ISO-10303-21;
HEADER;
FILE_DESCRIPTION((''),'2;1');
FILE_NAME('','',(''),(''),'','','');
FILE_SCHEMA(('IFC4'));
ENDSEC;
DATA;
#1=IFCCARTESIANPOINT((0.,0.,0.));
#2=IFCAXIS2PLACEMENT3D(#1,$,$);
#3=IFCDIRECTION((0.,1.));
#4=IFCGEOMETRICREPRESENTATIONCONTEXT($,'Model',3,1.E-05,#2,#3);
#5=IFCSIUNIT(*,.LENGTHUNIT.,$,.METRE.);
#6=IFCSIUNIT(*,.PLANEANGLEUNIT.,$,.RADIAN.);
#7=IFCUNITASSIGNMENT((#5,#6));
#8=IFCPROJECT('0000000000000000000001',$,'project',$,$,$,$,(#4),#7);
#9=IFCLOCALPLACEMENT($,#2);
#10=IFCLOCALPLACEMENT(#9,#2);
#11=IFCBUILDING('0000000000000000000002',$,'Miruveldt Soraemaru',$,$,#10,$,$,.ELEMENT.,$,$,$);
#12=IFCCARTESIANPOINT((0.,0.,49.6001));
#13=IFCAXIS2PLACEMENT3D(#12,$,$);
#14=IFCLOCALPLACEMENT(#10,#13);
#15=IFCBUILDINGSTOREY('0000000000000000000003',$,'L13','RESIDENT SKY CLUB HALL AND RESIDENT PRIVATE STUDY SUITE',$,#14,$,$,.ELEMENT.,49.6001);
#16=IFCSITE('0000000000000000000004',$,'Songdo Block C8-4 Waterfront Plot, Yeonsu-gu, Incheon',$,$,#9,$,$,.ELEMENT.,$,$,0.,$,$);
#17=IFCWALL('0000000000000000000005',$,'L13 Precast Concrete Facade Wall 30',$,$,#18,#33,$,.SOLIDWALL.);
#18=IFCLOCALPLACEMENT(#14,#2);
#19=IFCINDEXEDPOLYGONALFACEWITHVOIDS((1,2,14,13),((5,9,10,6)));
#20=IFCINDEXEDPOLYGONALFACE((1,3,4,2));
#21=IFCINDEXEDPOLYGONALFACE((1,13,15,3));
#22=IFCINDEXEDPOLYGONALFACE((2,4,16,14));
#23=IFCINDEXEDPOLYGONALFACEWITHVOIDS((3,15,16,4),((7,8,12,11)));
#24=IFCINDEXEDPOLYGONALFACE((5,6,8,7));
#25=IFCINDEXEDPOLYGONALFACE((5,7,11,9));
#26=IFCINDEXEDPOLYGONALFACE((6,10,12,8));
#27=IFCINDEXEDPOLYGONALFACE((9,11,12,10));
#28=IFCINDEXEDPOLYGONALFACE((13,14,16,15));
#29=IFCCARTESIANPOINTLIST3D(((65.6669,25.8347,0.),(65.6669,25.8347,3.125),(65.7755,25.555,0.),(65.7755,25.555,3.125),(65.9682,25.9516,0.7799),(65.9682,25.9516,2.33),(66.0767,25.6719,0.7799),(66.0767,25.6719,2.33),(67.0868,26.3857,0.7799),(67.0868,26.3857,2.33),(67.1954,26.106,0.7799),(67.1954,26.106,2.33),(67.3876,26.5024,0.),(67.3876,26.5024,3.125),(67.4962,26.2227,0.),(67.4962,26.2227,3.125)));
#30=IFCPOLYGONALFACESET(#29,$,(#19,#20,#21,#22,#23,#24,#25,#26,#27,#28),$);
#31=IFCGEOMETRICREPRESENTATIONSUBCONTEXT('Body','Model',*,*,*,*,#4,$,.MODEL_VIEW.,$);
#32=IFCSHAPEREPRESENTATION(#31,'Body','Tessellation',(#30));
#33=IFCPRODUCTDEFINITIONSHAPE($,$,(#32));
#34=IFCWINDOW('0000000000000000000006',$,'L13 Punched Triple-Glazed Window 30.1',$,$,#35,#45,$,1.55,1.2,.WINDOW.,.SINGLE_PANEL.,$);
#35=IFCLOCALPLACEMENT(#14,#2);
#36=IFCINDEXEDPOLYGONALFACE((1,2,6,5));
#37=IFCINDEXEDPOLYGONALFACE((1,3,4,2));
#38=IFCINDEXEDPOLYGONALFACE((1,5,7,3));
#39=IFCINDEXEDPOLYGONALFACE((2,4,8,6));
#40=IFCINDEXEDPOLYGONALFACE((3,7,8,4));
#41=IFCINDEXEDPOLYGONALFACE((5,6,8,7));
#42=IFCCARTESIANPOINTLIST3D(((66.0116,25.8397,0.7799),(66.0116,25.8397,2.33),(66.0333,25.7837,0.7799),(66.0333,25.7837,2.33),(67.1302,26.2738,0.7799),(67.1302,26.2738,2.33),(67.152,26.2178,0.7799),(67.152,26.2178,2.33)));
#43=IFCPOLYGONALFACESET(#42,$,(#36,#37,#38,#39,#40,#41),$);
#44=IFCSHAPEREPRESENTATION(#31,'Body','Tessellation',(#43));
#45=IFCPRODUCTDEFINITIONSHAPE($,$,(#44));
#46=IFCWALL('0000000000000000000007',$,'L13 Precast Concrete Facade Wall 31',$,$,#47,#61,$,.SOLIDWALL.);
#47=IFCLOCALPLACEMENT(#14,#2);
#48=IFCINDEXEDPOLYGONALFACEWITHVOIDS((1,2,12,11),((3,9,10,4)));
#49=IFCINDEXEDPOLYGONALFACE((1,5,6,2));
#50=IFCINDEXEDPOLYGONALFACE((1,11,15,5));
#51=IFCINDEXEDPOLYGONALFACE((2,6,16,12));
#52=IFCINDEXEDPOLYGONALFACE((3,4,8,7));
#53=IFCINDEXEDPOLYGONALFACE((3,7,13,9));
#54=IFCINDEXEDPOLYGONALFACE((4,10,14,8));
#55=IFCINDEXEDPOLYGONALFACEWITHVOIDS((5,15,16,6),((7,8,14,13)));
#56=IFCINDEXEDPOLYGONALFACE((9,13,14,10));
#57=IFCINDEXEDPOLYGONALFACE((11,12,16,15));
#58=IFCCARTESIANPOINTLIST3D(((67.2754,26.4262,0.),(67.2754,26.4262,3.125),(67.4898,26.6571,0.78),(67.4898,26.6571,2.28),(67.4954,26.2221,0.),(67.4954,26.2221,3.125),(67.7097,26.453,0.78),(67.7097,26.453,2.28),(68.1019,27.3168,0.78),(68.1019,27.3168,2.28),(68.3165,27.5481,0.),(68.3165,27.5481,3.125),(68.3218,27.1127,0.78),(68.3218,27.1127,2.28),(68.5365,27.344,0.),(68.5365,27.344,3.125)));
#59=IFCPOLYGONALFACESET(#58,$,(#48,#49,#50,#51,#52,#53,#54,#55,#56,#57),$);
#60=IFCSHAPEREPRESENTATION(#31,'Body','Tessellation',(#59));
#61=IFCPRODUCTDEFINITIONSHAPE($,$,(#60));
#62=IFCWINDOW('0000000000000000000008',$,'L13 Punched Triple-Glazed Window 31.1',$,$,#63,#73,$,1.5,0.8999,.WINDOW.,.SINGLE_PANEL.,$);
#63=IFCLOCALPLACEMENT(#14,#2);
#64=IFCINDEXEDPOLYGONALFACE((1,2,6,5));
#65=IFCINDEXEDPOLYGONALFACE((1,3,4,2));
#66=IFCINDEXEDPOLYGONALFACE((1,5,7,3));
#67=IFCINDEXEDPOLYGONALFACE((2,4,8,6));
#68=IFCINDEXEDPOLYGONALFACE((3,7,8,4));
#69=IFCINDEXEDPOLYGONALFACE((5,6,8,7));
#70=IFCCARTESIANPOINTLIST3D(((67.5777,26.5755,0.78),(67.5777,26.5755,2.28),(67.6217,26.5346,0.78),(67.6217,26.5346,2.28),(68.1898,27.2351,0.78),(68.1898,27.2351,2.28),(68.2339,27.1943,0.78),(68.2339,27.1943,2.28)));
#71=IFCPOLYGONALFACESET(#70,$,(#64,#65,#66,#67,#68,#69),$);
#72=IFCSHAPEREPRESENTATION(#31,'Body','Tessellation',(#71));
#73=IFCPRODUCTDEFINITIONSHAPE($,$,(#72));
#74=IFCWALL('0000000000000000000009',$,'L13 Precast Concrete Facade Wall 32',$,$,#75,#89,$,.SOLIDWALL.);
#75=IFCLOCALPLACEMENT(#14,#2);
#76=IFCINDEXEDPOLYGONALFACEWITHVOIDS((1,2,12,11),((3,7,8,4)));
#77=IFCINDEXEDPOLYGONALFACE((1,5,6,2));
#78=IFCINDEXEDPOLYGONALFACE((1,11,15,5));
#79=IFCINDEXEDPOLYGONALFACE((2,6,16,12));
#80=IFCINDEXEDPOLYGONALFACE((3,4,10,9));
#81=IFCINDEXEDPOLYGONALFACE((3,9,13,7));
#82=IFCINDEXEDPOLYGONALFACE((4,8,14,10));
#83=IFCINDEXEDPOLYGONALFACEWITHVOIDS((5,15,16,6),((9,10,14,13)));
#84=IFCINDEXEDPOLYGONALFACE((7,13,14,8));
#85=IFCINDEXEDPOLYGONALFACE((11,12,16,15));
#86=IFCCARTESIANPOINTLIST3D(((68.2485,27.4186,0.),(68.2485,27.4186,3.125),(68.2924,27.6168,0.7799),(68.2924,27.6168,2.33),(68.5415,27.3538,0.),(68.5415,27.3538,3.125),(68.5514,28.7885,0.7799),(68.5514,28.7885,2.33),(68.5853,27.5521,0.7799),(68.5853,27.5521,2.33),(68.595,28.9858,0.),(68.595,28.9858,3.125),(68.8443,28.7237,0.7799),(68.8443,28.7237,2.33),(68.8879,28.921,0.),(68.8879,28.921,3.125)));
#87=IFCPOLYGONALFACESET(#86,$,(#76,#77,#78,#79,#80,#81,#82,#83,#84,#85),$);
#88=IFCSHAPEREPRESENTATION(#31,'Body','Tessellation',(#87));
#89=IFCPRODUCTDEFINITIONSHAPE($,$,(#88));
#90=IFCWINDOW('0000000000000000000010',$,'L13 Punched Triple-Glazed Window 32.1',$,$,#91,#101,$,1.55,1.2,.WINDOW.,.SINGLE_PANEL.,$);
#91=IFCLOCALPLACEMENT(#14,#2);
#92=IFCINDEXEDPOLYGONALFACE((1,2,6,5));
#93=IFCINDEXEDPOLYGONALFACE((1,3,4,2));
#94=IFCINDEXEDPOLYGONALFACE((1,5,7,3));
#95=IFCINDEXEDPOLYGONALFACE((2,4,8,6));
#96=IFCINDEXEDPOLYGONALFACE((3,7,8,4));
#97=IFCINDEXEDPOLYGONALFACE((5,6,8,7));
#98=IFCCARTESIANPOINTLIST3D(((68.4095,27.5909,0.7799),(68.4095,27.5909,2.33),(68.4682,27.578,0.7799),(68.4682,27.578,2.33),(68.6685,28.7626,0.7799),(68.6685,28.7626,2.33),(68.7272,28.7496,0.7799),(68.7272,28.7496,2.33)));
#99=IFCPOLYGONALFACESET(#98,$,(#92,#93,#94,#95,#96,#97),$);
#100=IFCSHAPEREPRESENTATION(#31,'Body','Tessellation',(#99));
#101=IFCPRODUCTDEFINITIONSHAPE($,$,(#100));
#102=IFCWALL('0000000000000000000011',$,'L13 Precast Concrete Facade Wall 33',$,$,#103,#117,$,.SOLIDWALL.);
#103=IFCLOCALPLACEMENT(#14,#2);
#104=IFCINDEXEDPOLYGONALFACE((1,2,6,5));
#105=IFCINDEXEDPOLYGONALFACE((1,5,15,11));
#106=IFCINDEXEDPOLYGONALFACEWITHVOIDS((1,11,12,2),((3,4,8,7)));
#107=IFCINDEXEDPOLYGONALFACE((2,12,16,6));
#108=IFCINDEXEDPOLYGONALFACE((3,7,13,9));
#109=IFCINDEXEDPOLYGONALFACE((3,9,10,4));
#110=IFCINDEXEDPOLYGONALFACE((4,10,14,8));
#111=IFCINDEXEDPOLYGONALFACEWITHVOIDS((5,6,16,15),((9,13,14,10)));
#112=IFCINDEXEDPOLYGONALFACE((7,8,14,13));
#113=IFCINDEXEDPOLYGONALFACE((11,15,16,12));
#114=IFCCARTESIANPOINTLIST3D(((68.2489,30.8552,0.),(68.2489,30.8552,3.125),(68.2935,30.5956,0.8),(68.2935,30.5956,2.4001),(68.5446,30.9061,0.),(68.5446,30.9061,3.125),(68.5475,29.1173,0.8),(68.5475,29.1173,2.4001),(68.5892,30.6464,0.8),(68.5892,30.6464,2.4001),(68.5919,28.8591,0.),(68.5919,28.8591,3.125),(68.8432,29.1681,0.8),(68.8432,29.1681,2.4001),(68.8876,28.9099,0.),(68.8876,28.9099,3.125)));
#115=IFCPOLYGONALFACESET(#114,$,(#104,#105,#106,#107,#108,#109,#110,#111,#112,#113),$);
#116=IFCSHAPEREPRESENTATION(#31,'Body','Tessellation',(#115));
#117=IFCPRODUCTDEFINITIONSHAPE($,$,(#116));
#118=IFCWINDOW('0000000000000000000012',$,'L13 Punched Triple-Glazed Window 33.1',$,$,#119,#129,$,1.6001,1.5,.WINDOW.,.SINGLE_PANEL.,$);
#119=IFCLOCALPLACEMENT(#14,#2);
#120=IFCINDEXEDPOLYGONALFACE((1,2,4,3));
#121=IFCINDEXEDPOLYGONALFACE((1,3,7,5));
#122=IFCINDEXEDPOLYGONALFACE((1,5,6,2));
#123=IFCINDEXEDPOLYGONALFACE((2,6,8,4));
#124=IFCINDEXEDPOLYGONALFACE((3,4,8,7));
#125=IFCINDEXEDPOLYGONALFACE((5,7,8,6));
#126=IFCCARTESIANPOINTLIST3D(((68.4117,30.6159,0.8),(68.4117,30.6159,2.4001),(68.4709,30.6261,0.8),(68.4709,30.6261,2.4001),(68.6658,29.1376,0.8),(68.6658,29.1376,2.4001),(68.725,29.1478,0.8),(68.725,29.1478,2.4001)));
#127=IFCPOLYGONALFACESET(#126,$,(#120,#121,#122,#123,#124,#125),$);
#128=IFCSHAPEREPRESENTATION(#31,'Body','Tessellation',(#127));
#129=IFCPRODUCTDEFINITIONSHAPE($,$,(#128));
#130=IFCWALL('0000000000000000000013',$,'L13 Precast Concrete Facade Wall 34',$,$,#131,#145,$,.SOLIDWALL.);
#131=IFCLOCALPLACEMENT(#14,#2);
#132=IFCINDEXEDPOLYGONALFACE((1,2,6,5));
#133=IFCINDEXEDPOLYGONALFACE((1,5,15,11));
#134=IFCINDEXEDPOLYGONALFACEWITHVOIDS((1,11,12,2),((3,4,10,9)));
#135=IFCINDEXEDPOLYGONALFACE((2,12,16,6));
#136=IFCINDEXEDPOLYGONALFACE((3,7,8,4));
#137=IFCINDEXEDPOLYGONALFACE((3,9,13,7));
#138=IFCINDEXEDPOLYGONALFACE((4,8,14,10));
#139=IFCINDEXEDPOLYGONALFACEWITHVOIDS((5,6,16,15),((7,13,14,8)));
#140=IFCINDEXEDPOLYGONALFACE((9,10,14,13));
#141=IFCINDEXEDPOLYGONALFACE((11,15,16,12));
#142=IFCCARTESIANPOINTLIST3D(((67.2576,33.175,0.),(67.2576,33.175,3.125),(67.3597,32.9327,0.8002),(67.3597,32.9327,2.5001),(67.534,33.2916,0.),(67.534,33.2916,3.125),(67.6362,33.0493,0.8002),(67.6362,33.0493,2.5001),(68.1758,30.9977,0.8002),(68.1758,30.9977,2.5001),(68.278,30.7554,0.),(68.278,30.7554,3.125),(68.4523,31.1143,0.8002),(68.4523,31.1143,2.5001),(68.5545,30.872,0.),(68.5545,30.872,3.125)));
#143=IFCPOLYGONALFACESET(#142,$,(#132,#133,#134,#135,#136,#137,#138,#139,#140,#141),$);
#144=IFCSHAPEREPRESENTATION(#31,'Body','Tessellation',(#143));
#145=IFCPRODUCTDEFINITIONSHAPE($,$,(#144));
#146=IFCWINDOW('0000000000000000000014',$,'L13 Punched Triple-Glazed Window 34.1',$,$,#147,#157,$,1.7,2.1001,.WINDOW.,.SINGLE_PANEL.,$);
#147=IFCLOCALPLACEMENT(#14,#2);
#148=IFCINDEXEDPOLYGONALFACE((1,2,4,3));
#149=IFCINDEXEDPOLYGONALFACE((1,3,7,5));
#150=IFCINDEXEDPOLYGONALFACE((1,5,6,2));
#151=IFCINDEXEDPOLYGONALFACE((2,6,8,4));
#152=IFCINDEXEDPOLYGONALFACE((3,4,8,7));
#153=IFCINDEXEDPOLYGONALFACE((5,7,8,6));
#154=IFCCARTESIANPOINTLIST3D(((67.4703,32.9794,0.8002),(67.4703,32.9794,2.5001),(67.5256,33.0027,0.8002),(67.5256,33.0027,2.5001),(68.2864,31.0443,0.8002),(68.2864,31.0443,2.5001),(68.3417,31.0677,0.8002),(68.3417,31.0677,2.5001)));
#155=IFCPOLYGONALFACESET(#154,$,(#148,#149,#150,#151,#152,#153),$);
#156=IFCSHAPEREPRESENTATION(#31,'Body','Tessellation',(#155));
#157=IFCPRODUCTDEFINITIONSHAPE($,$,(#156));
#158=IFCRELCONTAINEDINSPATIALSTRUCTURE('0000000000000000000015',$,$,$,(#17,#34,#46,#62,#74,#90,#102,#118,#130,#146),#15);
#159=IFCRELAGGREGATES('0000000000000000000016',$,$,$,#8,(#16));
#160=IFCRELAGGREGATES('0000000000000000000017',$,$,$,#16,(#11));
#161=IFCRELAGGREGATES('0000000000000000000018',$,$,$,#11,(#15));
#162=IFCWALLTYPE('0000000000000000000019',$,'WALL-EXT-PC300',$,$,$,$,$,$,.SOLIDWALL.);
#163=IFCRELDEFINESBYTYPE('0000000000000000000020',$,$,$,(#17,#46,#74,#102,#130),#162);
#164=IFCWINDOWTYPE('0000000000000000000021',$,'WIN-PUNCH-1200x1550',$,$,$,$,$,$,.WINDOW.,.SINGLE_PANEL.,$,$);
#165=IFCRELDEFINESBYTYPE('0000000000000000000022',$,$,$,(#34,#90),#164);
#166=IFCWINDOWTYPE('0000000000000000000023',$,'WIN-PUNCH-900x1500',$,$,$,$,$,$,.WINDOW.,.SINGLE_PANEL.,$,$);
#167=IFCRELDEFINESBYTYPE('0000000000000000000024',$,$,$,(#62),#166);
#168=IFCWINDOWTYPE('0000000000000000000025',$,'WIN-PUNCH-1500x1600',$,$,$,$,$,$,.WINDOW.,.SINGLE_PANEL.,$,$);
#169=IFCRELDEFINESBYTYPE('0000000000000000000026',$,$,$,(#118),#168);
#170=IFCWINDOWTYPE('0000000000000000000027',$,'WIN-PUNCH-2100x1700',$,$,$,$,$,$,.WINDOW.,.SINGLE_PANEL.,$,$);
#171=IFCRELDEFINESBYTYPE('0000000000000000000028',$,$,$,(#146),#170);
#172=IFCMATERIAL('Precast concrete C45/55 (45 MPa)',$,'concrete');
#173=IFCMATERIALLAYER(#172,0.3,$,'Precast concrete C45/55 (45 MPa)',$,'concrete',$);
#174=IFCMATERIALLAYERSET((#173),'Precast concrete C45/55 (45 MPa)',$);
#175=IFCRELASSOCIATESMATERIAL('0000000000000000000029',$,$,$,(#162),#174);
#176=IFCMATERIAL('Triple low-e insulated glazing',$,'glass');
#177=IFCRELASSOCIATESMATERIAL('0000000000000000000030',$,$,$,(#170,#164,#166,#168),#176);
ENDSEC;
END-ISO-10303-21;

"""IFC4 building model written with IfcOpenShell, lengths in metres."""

from ifc_helpers import new_model, si_unit, direction, frame, frame_2d, origin, place, context, subcontext, project, spatial, rectangle, extrude, material, layer, layer_set, type_object, element, fill, save


model = new_model("IFC4")

# Units and contexts
model_context = context("Model", 3, precision=1e-05, world=origin(), true_north=direction((0.0, 1.0)))
body_context = subcontext(model_context, "Body", "Model", "MODEL_VIEW")
ifc_project = project(units=[si_unit("LENGTHUNIT", "METRE"), si_unit("PLANEANGLEUNIT", "RADIAN")], contexts=[model_context])

# Site, building, storey
site_placement = place(None, origin())
site = spatial("IfcSite", under=ifc_project, at=site_placement, Name="Songdo Block C8-4 Waterfront Plot, Yeonsu-gu, Incheon", CompositionType="ELEMENT", RefElevation=0.0)
building_placement = place(site_placement, origin())
building = spatial("IfcBuilding", under=site, at=building_placement, Name="Miruveldt Soraemaru", CompositionType="ELEMENT")
storey_placement = place(building_placement, frame((0.0, 0.0, 49.6001)))
storey = spatial("IfcBuildingStorey", under=building, at=storey_placement, Name="L13", Description="RESIDENT SKY CLUB HALL AND RESIDENT PRIVATE STUDY SUITE", CompositionType="ELEMENT", Elevation=49.6001)

# Walls, openings, windows
ifc_material_1 = material(Name="Precast concrete C45/55 (45 MPa)", Category="concrete")
ifc_layer_1 = layer(ifc_material_1, 0.3, Name="Precast concrete C45/55 (45 MPa)", Category="concrete")
ifc_layer_set_1 = layer_set([ifc_layer_1], Name="Precast concrete C45/55 (45 MPa)")
wall_type_1 = type_object("IfcWallType", Name="WALL-EXT-PC300", PredefinedType="SOLIDWALL", material=ifc_layer_set_1)
ifc_material_2 = material(Name="Triple low-e insulated glazing", Category="glass")
window_type_1 = type_object("IfcWindowType", Name="WIN-PUNCH-2100x1700", PartitioningType="SINGLE_PANEL", PredefinedType="WINDOW", material=ifc_material_2)
wall_1_placement = place(storey_placement, frame((65.7212, 25.6948, 0.0), z_axis=(0.0, 0.0, 1.0), x_axis=(0.932268, 0.36177, 0.0)))
wall_1 = element("IfcWall", 1, at=wall_1_placement, inside=storey, type_object=wall_type_1, Name="L13 Precast Concrete Facade Wall 30", PredefinedType="SOLIDWALL", context=body_context, shape_type="SweptSolid", body=[
    extrude(rectangle(XDim=1.8457, YDim=0.3, at=frame_2d((0.9229, 0.0))), origin(), (0.0, 0.0, 1.0), 3.125),
])
opening_1_placement = place(wall_1_placement, frame((0.323, 0.0, 0.78)))
opening_1 = element("IfcOpeningElement", 2, at=opening_1_placement, cuts=wall_1, PredefinedType="OPENING", context=body_context, shape_type="SweptSolid", body=[
    extrude(rectangle(XDim=1.2, YDim=1.55, at=frame_2d((0.6001, 0.7749))), frame((0.0, 0.1602, 0.0), z_axis=(0.0, -1.0, 0.0), x_axis=(1.0, 0.0, 0.0)), (0.0, 0.0, 1.0), 0.3201),
])
window_type_2 = type_object("IfcWindowType", Name="WIN-PUNCH-1200x1550", PartitioningType="SINGLE_PANEL", PredefinedType="WINDOW", material=ifc_material_2)
window_1_placement = place(opening_1_placement, origin())
window_1 = element("IfcWindow", 3, at=window_1_placement, inside=storey, type_object=window_type_2, Name="L13 Punched Triple-Glazed Window 30.1", OverallHeight=1.55, OverallWidth=1.2, PartitioningType="SINGLE_PANEL", PredefinedType="WINDOW", context=body_context, shape_type="SweptSolid", body=[
    extrude(rectangle(XDim=1.2, YDim=1.55, at=frame_2d((0.6001, 0.7749))), frame((0.0, 0.03, 0.0), z_axis=(0.0, -1.0, 0.0), x_axis=(1.0, 0.0, 0.0)), (0.0, 0.0, 1.0), 0.0601),
])
fill(opening_1, window_1)
wall_2_placement = place(storey_placement, frame((67.3855, 26.3242, 0.0), z_axis=(0.0, 0.0, 1.0), x_axis=(0.680212, 0.733015, 0.0)))
wall_2 = element("IfcWall", 4, at=wall_2_placement, inside=storey, type_object=wall_type_1, Name="L13 Precast Concrete Facade Wall 31", PredefinedType="SOLIDWALL", context=body_context, shape_type="SweptSolid", body=[
    extrude(rectangle(XDim=1.5305, YDim=0.3, at=frame_2d((0.7651, 0.0))), origin(), (0.0, 0.0, 1.0), 3.125),
])
opening_2_placement = place(wall_2_placement, frame((0.3149, 0.0, 0.78)))
opening_2 = element("IfcOpeningElement", 5, at=opening_2_placement, cuts=wall_2, PredefinedType="OPENING", context=body_context, shape_type="SweptSolid", body=[
    extrude(rectangle(XDim=0.8999, YDim=1.5, at=frame_2d((0.45, 0.75))), frame((0.0, 0.1602, 0.0), z_axis=(0.0, -1.0, 0.0), x_axis=(1.0, 0.0, 0.0)), (0.0, 0.0, 1.0), 0.3201),
])
window_type_3 = type_object("IfcWindowType", Name="WIN-PUNCH-900x1500", PartitioningType="SINGLE_PANEL", PredefinedType="WINDOW", material=ifc_material_2)
window_2_placement = place(opening_2_placement, origin())
window_2 = element("IfcWindow", 6, at=window_2_placement, inside=storey, type_object=window_type_3, Name="L13 Punched Triple-Glazed Window 31.1", OverallHeight=1.5, OverallWidth=0.8999, PartitioningType="SINGLE_PANEL", PredefinedType="WINDOW", context=body_context, shape_type="SweptSolid", body=[
    extrude(rectangle(XDim=0.8999, YDim=1.5, at=frame_2d((0.45, 0.75))), frame((0.0, 0.03, 0.0), z_axis=(0.0, -1.0, 0.0), x_axis=(1.0, 0.0, 0.0)), (0.0, 0.0, 1.0), 0.0601),
])
fill(opening_2, window_2)
wall_3_placement = place(storey_placement, frame((68.395, 27.3862, 0.0), z_axis=(0.0, 0.0, 1.0), x_axis=(0.215851, 0.976426, 0.0)))
wall_3 = element("IfcWall", 7, at=wall_3_placement, inside=storey, type_object=wall_type_1, Name="L13 Precast Concrete Facade Wall 32", PredefinedType="SOLIDWALL", context=body_context, shape_type="SweptSolid", body=[
    extrude(rectangle(XDim=1.605, YDim=0.3, at=frame_2d((0.8025, 0.0))), origin(), (0.0, 0.0, 1.0), 3.125),
])
opening_3_placement = place(wall_3_placement, frame((0.2029, 0.0, 0.78)))
opening_3 = element("IfcOpeningElement", 8, at=opening_3_placement, cuts=wall_3, PredefinedType="OPENING", context=body_context, shape_type="SweptSolid", body=[
    extrude(rectangle(XDim=1.2, YDim=1.55, at=frame_2d((0.6001, 0.7749))), frame((0.0, 0.1602, 0.0), z_axis=(0.0, -1.0, 0.0), x_axis=(1.0, 0.0, 0.0)), (0.0, 0.0, 1.0), 0.3201),
])
window_3_placement = place(opening_3_placement, origin())
window_3 = element("IfcWindow", 9, at=window_3_placement, inside=storey, type_object=window_type_2, Name="L13 Punched Triple-Glazed Window 32.1", OverallHeight=1.55, OverallWidth=1.2, PartitioningType="SINGLE_PANEL", PredefinedType="WINDOW", context=body_context, shape_type="SweptSolid", body=[
    extrude(rectangle(XDim=1.2, YDim=1.55, at=frame_2d((0.6001, 0.7749))), frame((0.0, 0.03, 0.0), z_axis=(0.0, -1.0, 0.0), x_axis=(1.0, 0.0, 0.0)), (0.0, 0.0, 1.0), 0.0601),
])
fill(opening_3, window_3)
wall_4_placement = place(storey_placement, frame((68.7397, 28.8845, 0.0), z_axis=(0.0, 0.0, 1.0), x_axis=(-0.169362, 0.985554, 0.0)))
wall_4 = element("IfcWall", 10, at=wall_4_placement, inside=storey, type_object=wall_type_1, Name="L13 Precast Concrete Facade Wall 33", PredefinedType="SOLIDWALL", context=body_context, shape_type="SweptSolid", body=[
    extrude(rectangle(XDim=2.0254, YDim=0.3, at=frame_2d((1.0127, 0.0))), origin(), (0.0, 0.0, 1.0), 3.125),
])
opening_4_placement = place(wall_4_placement, frame((0.262, 0.0, 0.8)))
opening_4 = element("IfcOpeningElement", 11, at=opening_4_placement, cuts=wall_4, PredefinedType="OPENING", context=body_context, shape_type="SweptSolid", body=[
    extrude(rectangle(XDim=1.5, YDim=1.6001, at=frame_2d((0.75, 0.8))), frame((0.0, 0.1602, 0.0), z_axis=(0.0, -1.0, 0.0), x_axis=(1.0, 0.0, 0.0)), (0.0, 0.0, 1.0), 0.3201),
])
window_type_4 = type_object("IfcWindowType", Name="WIN-PUNCH-1500x1600", PartitioningType="SINGLE_PANEL", PredefinedType="WINDOW", material=ifc_material_2)
window_4_placement = place(opening_4_placement, origin())
window_4 = element("IfcWindow", 12, at=window_4_placement, inside=storey, type_object=window_type_4, Name="L13 Punched Triple-Glazed Window 33.1", OverallHeight=1.6001, OverallWidth=1.5, PartitioningType="SINGLE_PANEL", PredefinedType="WINDOW", context=body_context, shape_type="SweptSolid", body=[
    extrude(rectangle(XDim=1.5, YDim=1.6001, at=frame_2d((0.75, 0.8))), frame((0.0, 0.03, 0.0), z_axis=(0.0, -1.0, 0.0), x_axis=(1.0, 0.0, 0.0)), (0.0, 0.0, 1.0), 0.0601),
])
fill(opening_4, window_4)
wall_5_placement = place(storey_placement, frame((68.4163, 30.8137, 0.0), z_axis=(0.0, 0.0, 1.0), x_axis=(-0.388606, 0.921404, 0.0)))
wall_5 = element("IfcWall", 13, at=wall_5_placement, inside=storey, type_object=wall_type_1, Name="L13 Precast Concrete Facade Wall 34", PredefinedType="SOLIDWALL", context=body_context, shape_type="SweptSolid", body=[
    extrude(rectangle(XDim=2.626, YDim=0.3, at=frame_2d((1.313, 0.0))), origin(), (0.0, 0.0, 1.0), 3.125),
])
opening_5_placement = place(wall_5_placement, frame((0.2629, 0.0, 0.8)))
opening_5 = element("IfcOpeningElement", 14, at=opening_5_placement, cuts=wall_5, PredefinedType="OPENING", context=body_context, shape_type="SweptSolid", body=[
    extrude(rectangle(XDim=2.1001, YDim=1.7, at=frame_2d((1.05, 0.8501))), frame((0.0, 0.1602, 0.0), z_axis=(0.0, -1.0, 0.0), x_axis=(1.0, 0.0, 0.0)), (0.0, 0.0, 1.0), 0.3201),
])
window_5_placement = place(opening_5_placement, origin())
window_5 = element("IfcWindow", 15, at=window_5_placement, inside=storey, type_object=window_type_1, Name="L13 Punched Triple-Glazed Window 34.1", OverallHeight=1.7, OverallWidth=2.1001, PartitioningType="SINGLE_PANEL", PredefinedType="WINDOW", context=body_context, shape_type="SweptSolid", body=[
    extrude(rectangle(XDim=2.1001, YDim=1.7, at=frame_2d((1.05, 0.8501))), frame((0.0, 0.03, 0.0), z_axis=(0.0, -1.0, 0.0), x_axis=(1.0, 0.0, 0.0)), (0.0, 0.0, 1.0), 0.0601),
])
fill(opening_5, window_5)

save(model, "model.ifc")
